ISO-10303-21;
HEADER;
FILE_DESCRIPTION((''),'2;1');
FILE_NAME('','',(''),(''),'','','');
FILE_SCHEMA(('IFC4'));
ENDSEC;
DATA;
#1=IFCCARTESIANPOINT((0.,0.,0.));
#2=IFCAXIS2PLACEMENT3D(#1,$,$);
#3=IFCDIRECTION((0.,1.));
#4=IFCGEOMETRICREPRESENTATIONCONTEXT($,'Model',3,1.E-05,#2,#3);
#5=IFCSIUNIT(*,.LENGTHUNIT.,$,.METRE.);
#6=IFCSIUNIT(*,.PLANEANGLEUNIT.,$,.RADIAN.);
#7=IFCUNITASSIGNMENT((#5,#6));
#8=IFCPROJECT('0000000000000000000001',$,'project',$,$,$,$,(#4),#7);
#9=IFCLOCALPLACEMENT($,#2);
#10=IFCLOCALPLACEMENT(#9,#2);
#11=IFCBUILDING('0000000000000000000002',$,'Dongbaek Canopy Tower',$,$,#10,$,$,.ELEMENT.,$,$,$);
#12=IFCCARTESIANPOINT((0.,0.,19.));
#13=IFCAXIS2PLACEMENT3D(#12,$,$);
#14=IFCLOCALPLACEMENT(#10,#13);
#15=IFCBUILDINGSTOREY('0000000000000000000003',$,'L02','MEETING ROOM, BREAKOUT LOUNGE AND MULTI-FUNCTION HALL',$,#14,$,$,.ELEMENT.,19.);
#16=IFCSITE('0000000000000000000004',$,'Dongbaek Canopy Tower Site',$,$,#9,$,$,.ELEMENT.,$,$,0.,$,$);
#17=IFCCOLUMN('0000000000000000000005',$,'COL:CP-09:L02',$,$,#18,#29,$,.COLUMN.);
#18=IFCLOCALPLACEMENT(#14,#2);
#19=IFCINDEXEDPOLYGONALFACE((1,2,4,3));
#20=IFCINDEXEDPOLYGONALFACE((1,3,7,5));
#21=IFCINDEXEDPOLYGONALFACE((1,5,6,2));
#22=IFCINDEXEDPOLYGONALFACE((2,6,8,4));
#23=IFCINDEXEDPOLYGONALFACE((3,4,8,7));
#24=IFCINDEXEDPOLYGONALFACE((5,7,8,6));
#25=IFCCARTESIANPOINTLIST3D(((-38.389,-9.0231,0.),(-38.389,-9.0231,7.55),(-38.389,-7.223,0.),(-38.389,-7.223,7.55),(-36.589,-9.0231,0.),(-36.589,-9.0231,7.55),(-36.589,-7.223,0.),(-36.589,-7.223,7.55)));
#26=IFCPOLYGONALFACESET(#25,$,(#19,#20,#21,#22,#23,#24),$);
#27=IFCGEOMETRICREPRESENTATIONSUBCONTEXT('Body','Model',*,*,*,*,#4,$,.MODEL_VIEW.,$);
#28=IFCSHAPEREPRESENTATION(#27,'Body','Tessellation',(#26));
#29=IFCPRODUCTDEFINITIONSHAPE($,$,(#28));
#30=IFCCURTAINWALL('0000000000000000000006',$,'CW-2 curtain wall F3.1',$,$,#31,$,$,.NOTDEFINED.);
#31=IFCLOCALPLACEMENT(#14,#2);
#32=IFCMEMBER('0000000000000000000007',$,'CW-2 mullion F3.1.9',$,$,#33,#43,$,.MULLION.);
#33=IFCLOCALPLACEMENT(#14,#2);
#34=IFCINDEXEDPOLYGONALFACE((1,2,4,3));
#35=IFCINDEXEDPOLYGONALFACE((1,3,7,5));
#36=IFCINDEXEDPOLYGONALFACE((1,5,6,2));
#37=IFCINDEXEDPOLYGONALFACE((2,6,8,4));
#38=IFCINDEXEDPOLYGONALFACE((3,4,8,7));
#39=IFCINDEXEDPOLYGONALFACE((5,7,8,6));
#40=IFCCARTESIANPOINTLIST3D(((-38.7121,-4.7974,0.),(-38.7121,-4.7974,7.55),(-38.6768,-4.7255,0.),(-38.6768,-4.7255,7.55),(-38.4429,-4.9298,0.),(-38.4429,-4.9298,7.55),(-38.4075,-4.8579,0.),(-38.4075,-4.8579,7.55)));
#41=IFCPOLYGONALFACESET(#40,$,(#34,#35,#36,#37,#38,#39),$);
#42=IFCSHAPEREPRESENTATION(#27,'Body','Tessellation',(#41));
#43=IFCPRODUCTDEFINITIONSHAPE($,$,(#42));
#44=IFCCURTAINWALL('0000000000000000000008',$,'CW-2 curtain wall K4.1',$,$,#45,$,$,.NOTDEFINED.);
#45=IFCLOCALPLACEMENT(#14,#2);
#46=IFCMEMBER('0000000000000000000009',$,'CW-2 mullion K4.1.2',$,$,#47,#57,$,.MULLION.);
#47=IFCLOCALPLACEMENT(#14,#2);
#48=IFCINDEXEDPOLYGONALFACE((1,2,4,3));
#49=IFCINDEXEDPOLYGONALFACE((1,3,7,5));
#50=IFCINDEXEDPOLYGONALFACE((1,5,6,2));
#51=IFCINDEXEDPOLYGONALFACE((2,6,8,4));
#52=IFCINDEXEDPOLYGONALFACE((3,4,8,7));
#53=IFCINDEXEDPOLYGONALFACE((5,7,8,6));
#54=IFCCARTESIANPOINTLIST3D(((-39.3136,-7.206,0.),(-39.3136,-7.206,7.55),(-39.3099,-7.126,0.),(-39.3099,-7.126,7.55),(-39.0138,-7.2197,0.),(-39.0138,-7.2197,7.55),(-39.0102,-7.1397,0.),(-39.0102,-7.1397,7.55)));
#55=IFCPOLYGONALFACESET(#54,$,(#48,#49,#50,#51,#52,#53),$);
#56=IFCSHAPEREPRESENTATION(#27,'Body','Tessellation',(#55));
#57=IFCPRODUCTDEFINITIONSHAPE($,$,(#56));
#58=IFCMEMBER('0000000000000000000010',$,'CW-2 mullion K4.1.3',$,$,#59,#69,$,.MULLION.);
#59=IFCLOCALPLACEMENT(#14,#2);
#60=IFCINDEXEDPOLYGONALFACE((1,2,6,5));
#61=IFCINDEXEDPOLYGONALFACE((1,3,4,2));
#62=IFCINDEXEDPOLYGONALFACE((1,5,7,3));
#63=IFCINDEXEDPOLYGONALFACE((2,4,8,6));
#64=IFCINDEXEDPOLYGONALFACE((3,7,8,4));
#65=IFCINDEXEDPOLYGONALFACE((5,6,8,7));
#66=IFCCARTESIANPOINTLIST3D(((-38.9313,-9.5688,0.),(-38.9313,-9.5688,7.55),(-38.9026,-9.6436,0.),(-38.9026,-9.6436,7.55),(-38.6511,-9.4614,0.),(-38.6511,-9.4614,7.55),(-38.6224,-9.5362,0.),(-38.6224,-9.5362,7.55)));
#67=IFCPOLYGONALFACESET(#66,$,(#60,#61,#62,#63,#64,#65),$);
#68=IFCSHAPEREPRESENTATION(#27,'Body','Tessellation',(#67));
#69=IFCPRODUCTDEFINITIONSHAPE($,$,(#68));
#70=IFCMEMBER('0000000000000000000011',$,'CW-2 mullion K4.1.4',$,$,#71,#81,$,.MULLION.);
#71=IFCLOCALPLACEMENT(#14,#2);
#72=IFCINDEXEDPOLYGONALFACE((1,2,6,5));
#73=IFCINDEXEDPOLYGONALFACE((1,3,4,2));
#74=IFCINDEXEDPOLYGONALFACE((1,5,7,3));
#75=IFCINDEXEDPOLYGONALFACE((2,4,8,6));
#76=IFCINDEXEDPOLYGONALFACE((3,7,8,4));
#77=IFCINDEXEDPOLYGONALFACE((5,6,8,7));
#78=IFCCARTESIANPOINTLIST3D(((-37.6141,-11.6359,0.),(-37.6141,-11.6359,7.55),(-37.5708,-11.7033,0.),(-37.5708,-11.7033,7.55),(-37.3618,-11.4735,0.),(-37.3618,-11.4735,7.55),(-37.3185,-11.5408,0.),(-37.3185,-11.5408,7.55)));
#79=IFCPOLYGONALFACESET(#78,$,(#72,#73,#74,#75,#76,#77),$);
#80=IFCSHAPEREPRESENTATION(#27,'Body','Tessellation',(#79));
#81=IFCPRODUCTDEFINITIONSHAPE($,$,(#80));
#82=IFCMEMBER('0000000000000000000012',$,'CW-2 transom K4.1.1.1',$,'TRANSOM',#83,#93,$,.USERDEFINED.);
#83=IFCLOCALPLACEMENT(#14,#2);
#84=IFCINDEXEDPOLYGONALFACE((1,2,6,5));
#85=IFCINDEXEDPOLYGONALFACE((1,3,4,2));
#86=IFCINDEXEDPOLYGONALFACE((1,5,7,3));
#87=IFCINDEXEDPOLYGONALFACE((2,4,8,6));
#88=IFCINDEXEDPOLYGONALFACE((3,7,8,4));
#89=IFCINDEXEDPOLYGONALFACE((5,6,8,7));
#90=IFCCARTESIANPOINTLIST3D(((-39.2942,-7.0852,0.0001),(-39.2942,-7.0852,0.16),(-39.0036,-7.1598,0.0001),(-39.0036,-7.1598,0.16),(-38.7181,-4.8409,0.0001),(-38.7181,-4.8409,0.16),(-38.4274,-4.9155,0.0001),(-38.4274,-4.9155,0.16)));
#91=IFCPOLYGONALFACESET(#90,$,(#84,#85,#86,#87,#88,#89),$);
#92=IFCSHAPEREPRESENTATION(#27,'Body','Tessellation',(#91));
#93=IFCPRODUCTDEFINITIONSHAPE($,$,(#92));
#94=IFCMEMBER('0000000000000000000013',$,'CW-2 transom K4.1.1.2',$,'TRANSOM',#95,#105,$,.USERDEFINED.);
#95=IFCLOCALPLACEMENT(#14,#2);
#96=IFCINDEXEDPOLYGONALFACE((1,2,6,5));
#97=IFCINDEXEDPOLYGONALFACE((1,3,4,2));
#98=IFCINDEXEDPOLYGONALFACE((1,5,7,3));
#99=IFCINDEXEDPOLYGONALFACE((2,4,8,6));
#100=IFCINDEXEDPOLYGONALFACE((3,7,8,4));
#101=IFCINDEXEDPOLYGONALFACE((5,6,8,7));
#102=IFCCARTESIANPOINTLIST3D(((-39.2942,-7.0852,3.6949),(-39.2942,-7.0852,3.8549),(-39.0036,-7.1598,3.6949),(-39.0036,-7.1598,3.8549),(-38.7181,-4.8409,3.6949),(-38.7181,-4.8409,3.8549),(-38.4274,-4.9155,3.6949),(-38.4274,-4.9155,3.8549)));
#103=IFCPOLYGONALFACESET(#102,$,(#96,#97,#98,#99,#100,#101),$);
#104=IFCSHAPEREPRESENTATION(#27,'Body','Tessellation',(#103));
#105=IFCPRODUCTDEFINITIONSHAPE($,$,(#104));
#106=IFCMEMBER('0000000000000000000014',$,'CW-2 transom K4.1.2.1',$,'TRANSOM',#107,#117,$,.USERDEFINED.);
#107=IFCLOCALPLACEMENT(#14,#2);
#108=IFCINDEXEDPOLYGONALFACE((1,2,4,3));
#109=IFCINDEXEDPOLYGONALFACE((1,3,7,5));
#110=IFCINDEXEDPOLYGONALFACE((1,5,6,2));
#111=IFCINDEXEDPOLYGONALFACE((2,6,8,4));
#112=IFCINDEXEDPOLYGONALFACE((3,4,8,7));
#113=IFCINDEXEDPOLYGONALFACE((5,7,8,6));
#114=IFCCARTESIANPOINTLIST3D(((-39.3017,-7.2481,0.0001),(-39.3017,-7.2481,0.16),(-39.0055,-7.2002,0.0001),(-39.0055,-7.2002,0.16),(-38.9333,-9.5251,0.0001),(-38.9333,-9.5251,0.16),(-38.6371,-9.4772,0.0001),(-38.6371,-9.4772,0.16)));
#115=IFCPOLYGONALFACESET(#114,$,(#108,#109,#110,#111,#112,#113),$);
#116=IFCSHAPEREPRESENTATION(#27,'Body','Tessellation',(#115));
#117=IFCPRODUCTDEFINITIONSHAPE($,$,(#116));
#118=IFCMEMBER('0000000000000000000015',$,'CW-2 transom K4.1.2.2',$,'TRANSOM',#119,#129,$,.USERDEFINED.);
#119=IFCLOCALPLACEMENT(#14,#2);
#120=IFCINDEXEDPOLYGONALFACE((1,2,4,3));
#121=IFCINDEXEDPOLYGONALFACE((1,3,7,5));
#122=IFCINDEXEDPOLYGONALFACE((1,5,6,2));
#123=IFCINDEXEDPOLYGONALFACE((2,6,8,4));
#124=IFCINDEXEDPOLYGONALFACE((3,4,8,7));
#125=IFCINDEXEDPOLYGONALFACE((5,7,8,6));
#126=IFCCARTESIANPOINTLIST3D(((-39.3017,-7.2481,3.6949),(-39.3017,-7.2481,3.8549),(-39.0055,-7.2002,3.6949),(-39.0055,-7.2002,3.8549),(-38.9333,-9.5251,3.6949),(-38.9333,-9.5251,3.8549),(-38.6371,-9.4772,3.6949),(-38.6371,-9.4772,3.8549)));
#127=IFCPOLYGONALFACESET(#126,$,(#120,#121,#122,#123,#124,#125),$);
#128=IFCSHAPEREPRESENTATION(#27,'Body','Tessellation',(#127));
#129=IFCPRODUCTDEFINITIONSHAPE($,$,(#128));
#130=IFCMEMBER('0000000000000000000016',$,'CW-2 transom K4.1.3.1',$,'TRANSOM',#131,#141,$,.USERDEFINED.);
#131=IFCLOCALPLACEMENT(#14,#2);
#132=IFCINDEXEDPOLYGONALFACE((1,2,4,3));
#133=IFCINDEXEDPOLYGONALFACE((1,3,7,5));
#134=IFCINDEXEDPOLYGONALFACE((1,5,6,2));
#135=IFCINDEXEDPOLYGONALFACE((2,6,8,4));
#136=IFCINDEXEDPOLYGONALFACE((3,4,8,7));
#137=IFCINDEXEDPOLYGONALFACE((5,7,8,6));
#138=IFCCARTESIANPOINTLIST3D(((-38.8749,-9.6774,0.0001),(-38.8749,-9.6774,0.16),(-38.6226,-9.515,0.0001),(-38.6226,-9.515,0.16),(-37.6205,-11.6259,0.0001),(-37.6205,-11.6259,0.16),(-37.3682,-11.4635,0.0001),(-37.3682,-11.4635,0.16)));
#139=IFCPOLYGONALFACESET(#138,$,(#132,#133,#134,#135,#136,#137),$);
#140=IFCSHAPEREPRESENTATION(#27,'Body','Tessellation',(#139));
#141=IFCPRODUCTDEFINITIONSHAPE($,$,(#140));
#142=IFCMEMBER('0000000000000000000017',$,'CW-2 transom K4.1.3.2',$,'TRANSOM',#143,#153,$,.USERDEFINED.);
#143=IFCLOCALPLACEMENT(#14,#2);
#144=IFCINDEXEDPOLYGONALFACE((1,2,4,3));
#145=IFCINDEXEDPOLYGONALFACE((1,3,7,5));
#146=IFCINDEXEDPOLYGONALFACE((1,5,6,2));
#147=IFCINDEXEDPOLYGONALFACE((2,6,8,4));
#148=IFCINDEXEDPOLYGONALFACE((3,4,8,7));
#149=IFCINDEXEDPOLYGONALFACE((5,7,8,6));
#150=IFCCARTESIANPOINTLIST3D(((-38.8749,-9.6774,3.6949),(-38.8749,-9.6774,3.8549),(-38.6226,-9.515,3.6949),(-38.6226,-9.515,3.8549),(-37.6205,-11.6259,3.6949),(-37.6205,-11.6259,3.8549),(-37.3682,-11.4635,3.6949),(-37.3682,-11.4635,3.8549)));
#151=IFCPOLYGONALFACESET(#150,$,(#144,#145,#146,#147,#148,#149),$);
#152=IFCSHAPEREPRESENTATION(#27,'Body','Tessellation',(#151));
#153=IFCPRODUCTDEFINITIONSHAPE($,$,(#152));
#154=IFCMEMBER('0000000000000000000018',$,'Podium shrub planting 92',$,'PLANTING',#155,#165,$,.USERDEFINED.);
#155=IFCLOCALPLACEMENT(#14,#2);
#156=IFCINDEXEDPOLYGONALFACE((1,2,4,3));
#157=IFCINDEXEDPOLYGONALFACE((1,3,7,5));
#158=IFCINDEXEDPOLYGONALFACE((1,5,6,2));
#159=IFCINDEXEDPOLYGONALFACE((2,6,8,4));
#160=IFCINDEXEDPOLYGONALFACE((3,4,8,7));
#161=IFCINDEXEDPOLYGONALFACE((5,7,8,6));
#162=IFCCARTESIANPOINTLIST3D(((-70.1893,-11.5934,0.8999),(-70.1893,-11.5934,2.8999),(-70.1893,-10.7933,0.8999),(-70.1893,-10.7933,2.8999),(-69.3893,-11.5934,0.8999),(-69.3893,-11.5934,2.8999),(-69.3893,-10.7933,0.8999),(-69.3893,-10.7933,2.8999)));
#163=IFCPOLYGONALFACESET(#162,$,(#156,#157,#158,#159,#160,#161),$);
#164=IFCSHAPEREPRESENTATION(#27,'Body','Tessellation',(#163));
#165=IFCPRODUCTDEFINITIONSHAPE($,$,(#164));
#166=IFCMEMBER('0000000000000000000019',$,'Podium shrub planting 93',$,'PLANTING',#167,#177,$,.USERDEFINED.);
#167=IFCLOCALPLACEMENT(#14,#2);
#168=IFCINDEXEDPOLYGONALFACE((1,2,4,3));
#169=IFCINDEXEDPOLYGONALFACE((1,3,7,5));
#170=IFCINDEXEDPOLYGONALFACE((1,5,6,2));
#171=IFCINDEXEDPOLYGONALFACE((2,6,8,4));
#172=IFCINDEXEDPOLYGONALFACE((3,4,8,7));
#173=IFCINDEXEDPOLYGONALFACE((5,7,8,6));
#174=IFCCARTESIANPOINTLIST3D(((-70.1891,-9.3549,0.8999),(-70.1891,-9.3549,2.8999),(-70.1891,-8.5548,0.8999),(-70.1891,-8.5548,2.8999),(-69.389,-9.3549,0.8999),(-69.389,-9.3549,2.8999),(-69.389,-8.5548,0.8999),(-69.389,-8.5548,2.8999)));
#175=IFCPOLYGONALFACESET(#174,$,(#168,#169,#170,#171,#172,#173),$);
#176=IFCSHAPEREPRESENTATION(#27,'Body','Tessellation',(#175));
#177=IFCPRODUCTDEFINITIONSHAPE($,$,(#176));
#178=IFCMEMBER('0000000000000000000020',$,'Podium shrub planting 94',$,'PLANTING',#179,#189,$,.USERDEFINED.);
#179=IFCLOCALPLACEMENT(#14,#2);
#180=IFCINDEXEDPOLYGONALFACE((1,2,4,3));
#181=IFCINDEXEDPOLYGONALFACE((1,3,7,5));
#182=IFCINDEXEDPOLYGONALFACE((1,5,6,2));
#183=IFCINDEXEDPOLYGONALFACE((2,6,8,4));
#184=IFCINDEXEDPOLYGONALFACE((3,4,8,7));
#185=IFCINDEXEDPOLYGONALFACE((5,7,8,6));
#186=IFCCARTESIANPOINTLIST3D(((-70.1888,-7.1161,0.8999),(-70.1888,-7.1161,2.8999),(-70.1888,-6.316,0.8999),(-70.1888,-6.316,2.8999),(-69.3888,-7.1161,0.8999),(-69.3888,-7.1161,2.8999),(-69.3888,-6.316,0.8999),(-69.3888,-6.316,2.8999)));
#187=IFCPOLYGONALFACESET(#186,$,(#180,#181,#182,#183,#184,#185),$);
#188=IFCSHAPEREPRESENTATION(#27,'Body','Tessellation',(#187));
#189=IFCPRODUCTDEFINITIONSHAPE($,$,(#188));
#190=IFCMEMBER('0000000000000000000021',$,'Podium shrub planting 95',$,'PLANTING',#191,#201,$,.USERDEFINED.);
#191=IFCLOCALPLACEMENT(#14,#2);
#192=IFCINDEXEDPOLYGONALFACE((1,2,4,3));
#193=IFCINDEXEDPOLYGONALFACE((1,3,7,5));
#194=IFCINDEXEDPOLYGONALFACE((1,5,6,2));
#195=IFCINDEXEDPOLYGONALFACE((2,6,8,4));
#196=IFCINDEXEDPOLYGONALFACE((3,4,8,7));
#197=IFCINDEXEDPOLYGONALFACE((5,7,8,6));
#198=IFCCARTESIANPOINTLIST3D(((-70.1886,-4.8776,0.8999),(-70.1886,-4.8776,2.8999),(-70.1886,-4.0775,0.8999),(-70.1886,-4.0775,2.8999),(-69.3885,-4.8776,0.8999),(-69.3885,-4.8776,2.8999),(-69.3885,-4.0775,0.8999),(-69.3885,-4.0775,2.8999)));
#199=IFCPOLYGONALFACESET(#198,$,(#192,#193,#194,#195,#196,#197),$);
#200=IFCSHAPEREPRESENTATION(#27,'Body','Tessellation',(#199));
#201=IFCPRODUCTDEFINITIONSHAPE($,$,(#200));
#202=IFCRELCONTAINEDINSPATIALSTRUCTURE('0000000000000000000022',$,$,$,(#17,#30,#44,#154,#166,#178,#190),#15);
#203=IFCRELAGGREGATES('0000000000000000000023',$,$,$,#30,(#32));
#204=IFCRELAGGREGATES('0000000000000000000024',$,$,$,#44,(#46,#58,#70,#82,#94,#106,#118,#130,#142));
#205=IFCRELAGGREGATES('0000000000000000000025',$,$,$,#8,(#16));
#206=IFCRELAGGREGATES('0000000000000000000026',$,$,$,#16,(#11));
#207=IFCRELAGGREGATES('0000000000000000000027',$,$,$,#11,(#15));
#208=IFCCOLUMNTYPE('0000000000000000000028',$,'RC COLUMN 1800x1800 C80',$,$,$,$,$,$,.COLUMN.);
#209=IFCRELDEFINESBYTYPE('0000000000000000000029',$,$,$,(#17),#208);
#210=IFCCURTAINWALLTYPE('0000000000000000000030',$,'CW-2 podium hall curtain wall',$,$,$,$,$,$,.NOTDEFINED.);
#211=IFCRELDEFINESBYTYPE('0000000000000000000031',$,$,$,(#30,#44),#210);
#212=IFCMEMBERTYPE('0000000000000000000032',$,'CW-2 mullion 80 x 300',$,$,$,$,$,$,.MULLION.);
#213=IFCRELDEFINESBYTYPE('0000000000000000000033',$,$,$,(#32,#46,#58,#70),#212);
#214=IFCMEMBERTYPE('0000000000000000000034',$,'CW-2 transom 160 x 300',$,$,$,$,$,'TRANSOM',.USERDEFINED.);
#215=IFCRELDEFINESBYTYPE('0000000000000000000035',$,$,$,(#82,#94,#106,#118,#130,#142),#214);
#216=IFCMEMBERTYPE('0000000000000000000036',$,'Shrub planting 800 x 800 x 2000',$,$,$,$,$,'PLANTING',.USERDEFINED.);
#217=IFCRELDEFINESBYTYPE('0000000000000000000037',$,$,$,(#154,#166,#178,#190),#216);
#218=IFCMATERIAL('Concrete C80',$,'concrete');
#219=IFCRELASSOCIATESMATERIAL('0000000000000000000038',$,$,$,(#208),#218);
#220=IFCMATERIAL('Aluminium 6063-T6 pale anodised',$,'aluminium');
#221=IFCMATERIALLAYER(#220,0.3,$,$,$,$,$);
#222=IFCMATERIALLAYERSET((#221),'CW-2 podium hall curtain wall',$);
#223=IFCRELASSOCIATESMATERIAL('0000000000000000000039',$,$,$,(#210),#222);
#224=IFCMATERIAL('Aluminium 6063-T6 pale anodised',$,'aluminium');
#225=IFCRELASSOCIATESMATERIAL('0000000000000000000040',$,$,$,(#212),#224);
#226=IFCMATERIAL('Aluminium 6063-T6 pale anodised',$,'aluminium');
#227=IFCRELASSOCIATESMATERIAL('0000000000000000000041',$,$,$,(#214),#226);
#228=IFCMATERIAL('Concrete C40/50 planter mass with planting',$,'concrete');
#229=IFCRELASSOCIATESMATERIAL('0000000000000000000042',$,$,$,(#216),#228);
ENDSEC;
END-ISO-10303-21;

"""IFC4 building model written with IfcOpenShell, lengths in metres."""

from ifc_helpers import new_model, si_unit, direction, frame, origin, origin_2d, place, context, subcontext, project, spatial, rectangle, extrude, material, layer, layer_set, material_profile, profile_set, type_object, element, aggregate, save


model = new_model("IFC4")

# Units and contexts
model_context = context("Model", 3, precision=1e-05, world=origin(), true_north=direction((0.0, 1.0)))
body_context = subcontext(model_context, "Body", "Model", "MODEL_VIEW")
ifc_project = project(units=[si_unit("LENGTHUNIT", "METRE"), si_unit("PLANEANGLEUNIT", "RADIAN")], contexts=[model_context])

# Site, building, storey
site_placement = place(None, origin())
site = spatial("IfcSite", under=ifc_project, at=site_placement, Name="Dongbaek Canopy Tower Site", CompositionType="ELEMENT", RefElevation=0.0)
building_placement = place(site_placement, origin())
building = spatial("IfcBuilding", under=site, at=building_placement, Name="Dongbaek Canopy Tower", CompositionType="ELEMENT")
storey_placement = place(building_placement, frame((0.0, 0.0, 19.0)))
storey = spatial("IfcBuildingStorey", under=building, at=storey_placement, Name="L02", Description="MEETING ROOM, BREAKOUT LOUNGE AND MULTI-FUNCTION HALL", CompositionType="ELEMENT", Elevation=19.0)

# Column
ifc_material_1 = material(Name="Concrete C80", Category="concrete")
ifc_material_profile_1 = material_profile(ifc_material_1, rectangle(XDim=1.8, YDim=1.8, at=origin_2d()), Name="RC COLUMN 1800x1800 C80")
ifc_profile_set_1 = profile_set([ifc_material_profile_1], Name="Concrete C80")
column_type = type_object("IfcColumnType", Name="RC COLUMN 1800x1800 C80", PredefinedType="COLUMN", material=ifc_profile_set_1)
column_placement = place(storey_placement, frame((-37.489, -8.123, 0.0), z_axis=(0.0, 0.0, 1.0), x_axis=(1.0, 0.0, 0.0)))
element("IfcColumn", 1, at=column_placement, inside=storey, type_object=column_type, Name="COL:CP-09:L02", PredefinedType="COLUMN", context=body_context, shape_type="SweptSolid", body=[
    extrude(rectangle(XDim=1.8, YDim=1.8, at=origin_2d()), origin(), (0.0, 0.0, 1.0), 7.55),
])

# Curtain wall, member
ifc_material_2 = material(Name="Aluminium 6063-T6 pale anodised", Category="aluminium")
ifc_layer_1 = layer(ifc_material_2, 0.3)
ifc_layer_set_1 = layer_set([ifc_layer_1], Name="CW-2 podium hall curtain wall")
curtain_wall_type = type_object("IfcCurtainWallType", Name="CW-2 podium hall curtain wall", PredefinedType="NOTDEFINED", material=ifc_layer_set_1)
curtain_wall_1_placement = place(storey_placement, origin())
curtain_wall_1 = element("IfcCurtainWall", 2, at=curtain_wall_1_placement, inside=storey, type_object=curtain_wall_type, Name="CW-2 curtain wall F3.1", PredefinedType="NOTDEFINED")
ifc_material_3 = material(Name="Aluminium 6063-T6 pale anodised", Category="aluminium")
ifc_material_profile_2 = material_profile(ifc_material_3, rectangle(XDim=0.3, YDim=0.0801, at=origin_2d()), Name="CW-2 mullion 80 x 300")
ifc_profile_set_2 = profile_set([ifc_material_profile_2], Name="Aluminium 6063-T6 pale anodised")
member_type_1 = type_object("IfcMemberType", Name="CW-2 mullion 80 x 300", PredefinedType="MULLION", material=ifc_profile_set_2)
member_1_placement = place(storey_placement, frame((-38.5598, -4.8276, 0.0), z_axis=(0.0, 0.0, 1.0), x_axis=(-0.897339, 0.441342, 0.0)))
member_1 = element("IfcMember", 3, at=member_1_placement, type_object=member_type_1, Name="CW-2 mullion F3.1.9", PredefinedType="MULLION", context=body_context, shape_type="SweptSolid", body=[
    extrude(rectangle(XDim=0.3, YDim=0.0801, at=origin_2d()), origin(), (0.0, 0.0, 1.0), 7.55),
])
aggregate(curtain_wall_1, [member_1])

# Curtain wall, members
curtain_wall_2_placement = place(storey_placement, origin())
curtain_wall_2 = element("IfcCurtainWall", 4, at=curtain_wall_2_placement, inside=storey, type_object=curtain_wall_type, Name="CW-2 curtain wall K4.1", PredefinedType="NOTDEFINED")
member_2_placement = place(storey_placement, frame((-39.1619, -7.1729, 0.0), z_axis=(0.0, 0.0, 1.0), x_axis=(-0.998967, 0.045444, 0.0)))
member_2 = element("IfcMember", 5, at=member_2_placement, type_object=member_type_1, Name="CW-2 mullion K4.1.2", PredefinedType="MULLION", context=body_context, shape_type="SweptSolid", body=[
    extrude(rectangle(XDim=0.3, YDim=0.0801, at=origin_2d()), origin(), (0.0, 0.0, 1.0), 7.55),
])
member_3_placement = place(storey_placement, frame((-38.7769, -9.5525, 0.0), z_axis=(0.0, 0.0, 1.0), x_axis=(-0.933704, -0.358045, 0.0)))
member_3 = element("IfcMember", 6, at=member_3_placement, type_object=member_type_1, Name="CW-2 mullion K4.1.3", PredefinedType="MULLION", context=body_context, shape_type="SweptSolid", body=[
    extrude(rectangle(XDim=0.3, YDim=0.0801, at=origin_2d()), origin(), (0.0, 0.0, 1.0), 7.55),
])
member_4_placement = place(storey_placement, frame((-37.4663, -11.5884, 0.0), z_axis=(0.0, 0.0, 1.0), x_axis=(-0.840826, -0.541306, 0.0)))
member_4 = element("IfcMember", 7, at=member_4_placement, type_object=member_type_1, Name="CW-2 mullion K4.1.4", PredefinedType="MULLION", context=body_context, shape_type="SweptSolid", body=[
    extrude(rectangle(XDim=0.3, YDim=0.0801, at=origin_2d()), origin(), (0.0, 0.0, 1.0), 7.55),
])
ifc_material_4 = material(Name="Aluminium 6063-T6 pale anodised", Category="aluminium")
ifc_material_profile_3 = material_profile(ifc_material_4, rectangle(XDim=0.3, YDim=0.1599, at=origin_2d()), Name="CW-2 transom 160 x 300")
ifc_profile_set_3 = profile_set([ifc_material_profile_3], Name="Aluminium 6063-T6 pale anodised")
member_type_2 = type_object("IfcMemberType", Name="CW-2 transom 160 x 300", ElementType="TRANSOM", PredefinedType="USERDEFINED", material=ifc_profile_set_3)
member_5_placement = place(storey_placement, frame((-38.5728, -4.8782, 0.0801), z_axis=(-0.248654, -0.968592, 0.0), x_axis=(0.968592, -0.248654, 0.0)))
member_5 = element("IfcMember", 8, at=member_5_placement, type_object=member_type_2, Name="CW-2 transom K4.1.1.1", ObjectType="TRANSOM", PredefinedType="USERDEFINED", context=body_context, shape_type="SweptSolid", body=[
    extrude(rectangle(XDim=0.3, YDim=0.1599, at=origin_2d()), origin(), (0.0, 0.0, 1.0), 2.3171),
])
member_6_placement = place(storey_placement, frame((-38.5728, -4.8782, 3.7749), z_axis=(-0.248654, -0.968592, 0.0), x_axis=(0.968592, -0.248654, 0.0)))
member_6 = element("IfcMember", 9, at=member_6_placement, type_object=member_type_2, Name="CW-2 transom K4.1.1.2", ObjectType="TRANSOM", PredefinedType="USERDEFINED", context=body_context, shape_type="SweptSolid", body=[
    extrude(rectangle(XDim=0.3, YDim=0.1599, at=origin_2d()), origin(), (0.0, 0.0, 1.0), 2.3171),
])
member_7_placement = place(storey_placement, frame((-39.1536, -7.2241, 0.0801), z_axis=(0.159712, -0.987164, 0.0), x_axis=(0.987164, 0.159712, 0.0)))
member_7 = element("IfcMember", 10, at=member_7_placement, type_object=member_type_2, Name="CW-2 transom K4.1.2.1", ObjectType="TRANSOM", PredefinedType="USERDEFINED", context=body_context, shape_type="SweptSolid", body=[
    extrude(rectangle(XDim=0.3, YDim=0.1599, at=origin_2d()), origin(), (0.0, 0.0, 1.0), 2.3066),
])
member_8_placement = place(storey_placement, frame((-39.1536, -7.2241, 3.7749), z_axis=(0.159712, -0.987164, 0.0), x_axis=(0.987164, 0.159712, 0.0)))
member_8 = element("IfcMember", 11, at=member_8_placement, type_object=member_type_2, Name="CW-2 transom K4.1.2.2", ObjectType="TRANSOM", PredefinedType="USERDEFINED", context=body_context, shape_type="SweptSolid", body=[
    extrude(rectangle(XDim=0.3, YDim=0.1599, at=origin_2d()), origin(), (0.0, 0.0, 1.0), 2.3066),
])
member_9_placement = place(storey_placement, frame((-38.7488, -9.5962, 0.0801), z_axis=(0.541306, -0.840826, 0.0), x_axis=(0.840826, 0.541306, 0.0)))
member_9 = element("IfcMember", 12, at=member_9_placement, type_object=member_type_2, Name="CW-2 transom K4.1.3.1", ObjectType="TRANSOM", PredefinedType="USERDEFINED", context=body_context, shape_type="SweptSolid", body=[
    extrude(rectangle(XDim=0.3, YDim=0.1599, at=origin_2d()), origin(), (0.0, 0.0, 1.0), 2.3174),
])
member_10_placement = place(storey_placement, frame((-38.7488, -9.5962, 3.7749), z_axis=(0.541306, -0.840826, 0.0), x_axis=(0.840826, 0.541306, 0.0)))
member_10 = element("IfcMember", 13, at=member_10_placement, type_object=member_type_2, Name="CW-2 transom K4.1.3.2", ObjectType="TRANSOM", PredefinedType="USERDEFINED", context=body_context, shape_type="SweptSolid", body=[
    extrude(rectangle(XDim=0.3, YDim=0.1599, at=origin_2d()), origin(), (0.0, 0.0, 1.0), 2.3174),
])

# Members
ifc_material_5 = material(Name="Concrete C40/50 planter mass with planting", Category="concrete")
ifc_material_profile_4 = material_profile(ifc_material_5, rectangle(XDim=0.8, YDim=0.8, at=origin_2d()), Name="Shrub planting 800 x 800 x 2000")
ifc_profile_set_4 = profile_set([ifc_material_profile_4], Name="Concrete C40/50 planter mass with planting")
member_type_3 = type_object("IfcMemberType", Name="Shrub planting 800 x 800 x 2000", ElementType="PLANTING", PredefinedType="USERDEFINED", material=ifc_profile_set_4)
for number, where, z_axis, x_axis, name in (
    (14, (-69.7893, -11.1934, 0.8999), (0.0, 0.0, 1.0), (1.0, 0.0, 0.0), "Podium shrub planting 92"),
    (15, (-69.7891, -8.9548, 0.8999), (0.0, 0.0, 1.0), (1.0, 0.0, 0.0), "Podium shrub planting 93"),
    (16, (-69.7888, -6.7161, 0.8999), (0.0, 0.0, 1.0), (1.0, 0.0, 0.0), "Podium shrub planting 94"),
    (17, (-69.7886, -4.4775, 0.8999), (0.0, 0.0, 1.0), (1.0, 0.0, 0.0), "Podium shrub planting 95"),
):
    element("IfcMember", number, at=place(storey_placement, frame(where, z_axis=z_axis, x_axis=x_axis)), inside=storey, type_object=member_type_3, Name=name, ObjectType="PLANTING", PredefinedType="USERDEFINED", context=body_context, shape_type="SweptSolid", body=[
        extrude(rectangle(XDim=0.8, YDim=0.8, at=origin_2d()), origin(), (0.0, 0.0, 1.0), 2.0),
    ])

aggregate(curtain_wall_2, [member_2, member_3, member_4, member_5, member_6, member_7, member_8, member_9, member_10])

save(model, "model.ifc")
